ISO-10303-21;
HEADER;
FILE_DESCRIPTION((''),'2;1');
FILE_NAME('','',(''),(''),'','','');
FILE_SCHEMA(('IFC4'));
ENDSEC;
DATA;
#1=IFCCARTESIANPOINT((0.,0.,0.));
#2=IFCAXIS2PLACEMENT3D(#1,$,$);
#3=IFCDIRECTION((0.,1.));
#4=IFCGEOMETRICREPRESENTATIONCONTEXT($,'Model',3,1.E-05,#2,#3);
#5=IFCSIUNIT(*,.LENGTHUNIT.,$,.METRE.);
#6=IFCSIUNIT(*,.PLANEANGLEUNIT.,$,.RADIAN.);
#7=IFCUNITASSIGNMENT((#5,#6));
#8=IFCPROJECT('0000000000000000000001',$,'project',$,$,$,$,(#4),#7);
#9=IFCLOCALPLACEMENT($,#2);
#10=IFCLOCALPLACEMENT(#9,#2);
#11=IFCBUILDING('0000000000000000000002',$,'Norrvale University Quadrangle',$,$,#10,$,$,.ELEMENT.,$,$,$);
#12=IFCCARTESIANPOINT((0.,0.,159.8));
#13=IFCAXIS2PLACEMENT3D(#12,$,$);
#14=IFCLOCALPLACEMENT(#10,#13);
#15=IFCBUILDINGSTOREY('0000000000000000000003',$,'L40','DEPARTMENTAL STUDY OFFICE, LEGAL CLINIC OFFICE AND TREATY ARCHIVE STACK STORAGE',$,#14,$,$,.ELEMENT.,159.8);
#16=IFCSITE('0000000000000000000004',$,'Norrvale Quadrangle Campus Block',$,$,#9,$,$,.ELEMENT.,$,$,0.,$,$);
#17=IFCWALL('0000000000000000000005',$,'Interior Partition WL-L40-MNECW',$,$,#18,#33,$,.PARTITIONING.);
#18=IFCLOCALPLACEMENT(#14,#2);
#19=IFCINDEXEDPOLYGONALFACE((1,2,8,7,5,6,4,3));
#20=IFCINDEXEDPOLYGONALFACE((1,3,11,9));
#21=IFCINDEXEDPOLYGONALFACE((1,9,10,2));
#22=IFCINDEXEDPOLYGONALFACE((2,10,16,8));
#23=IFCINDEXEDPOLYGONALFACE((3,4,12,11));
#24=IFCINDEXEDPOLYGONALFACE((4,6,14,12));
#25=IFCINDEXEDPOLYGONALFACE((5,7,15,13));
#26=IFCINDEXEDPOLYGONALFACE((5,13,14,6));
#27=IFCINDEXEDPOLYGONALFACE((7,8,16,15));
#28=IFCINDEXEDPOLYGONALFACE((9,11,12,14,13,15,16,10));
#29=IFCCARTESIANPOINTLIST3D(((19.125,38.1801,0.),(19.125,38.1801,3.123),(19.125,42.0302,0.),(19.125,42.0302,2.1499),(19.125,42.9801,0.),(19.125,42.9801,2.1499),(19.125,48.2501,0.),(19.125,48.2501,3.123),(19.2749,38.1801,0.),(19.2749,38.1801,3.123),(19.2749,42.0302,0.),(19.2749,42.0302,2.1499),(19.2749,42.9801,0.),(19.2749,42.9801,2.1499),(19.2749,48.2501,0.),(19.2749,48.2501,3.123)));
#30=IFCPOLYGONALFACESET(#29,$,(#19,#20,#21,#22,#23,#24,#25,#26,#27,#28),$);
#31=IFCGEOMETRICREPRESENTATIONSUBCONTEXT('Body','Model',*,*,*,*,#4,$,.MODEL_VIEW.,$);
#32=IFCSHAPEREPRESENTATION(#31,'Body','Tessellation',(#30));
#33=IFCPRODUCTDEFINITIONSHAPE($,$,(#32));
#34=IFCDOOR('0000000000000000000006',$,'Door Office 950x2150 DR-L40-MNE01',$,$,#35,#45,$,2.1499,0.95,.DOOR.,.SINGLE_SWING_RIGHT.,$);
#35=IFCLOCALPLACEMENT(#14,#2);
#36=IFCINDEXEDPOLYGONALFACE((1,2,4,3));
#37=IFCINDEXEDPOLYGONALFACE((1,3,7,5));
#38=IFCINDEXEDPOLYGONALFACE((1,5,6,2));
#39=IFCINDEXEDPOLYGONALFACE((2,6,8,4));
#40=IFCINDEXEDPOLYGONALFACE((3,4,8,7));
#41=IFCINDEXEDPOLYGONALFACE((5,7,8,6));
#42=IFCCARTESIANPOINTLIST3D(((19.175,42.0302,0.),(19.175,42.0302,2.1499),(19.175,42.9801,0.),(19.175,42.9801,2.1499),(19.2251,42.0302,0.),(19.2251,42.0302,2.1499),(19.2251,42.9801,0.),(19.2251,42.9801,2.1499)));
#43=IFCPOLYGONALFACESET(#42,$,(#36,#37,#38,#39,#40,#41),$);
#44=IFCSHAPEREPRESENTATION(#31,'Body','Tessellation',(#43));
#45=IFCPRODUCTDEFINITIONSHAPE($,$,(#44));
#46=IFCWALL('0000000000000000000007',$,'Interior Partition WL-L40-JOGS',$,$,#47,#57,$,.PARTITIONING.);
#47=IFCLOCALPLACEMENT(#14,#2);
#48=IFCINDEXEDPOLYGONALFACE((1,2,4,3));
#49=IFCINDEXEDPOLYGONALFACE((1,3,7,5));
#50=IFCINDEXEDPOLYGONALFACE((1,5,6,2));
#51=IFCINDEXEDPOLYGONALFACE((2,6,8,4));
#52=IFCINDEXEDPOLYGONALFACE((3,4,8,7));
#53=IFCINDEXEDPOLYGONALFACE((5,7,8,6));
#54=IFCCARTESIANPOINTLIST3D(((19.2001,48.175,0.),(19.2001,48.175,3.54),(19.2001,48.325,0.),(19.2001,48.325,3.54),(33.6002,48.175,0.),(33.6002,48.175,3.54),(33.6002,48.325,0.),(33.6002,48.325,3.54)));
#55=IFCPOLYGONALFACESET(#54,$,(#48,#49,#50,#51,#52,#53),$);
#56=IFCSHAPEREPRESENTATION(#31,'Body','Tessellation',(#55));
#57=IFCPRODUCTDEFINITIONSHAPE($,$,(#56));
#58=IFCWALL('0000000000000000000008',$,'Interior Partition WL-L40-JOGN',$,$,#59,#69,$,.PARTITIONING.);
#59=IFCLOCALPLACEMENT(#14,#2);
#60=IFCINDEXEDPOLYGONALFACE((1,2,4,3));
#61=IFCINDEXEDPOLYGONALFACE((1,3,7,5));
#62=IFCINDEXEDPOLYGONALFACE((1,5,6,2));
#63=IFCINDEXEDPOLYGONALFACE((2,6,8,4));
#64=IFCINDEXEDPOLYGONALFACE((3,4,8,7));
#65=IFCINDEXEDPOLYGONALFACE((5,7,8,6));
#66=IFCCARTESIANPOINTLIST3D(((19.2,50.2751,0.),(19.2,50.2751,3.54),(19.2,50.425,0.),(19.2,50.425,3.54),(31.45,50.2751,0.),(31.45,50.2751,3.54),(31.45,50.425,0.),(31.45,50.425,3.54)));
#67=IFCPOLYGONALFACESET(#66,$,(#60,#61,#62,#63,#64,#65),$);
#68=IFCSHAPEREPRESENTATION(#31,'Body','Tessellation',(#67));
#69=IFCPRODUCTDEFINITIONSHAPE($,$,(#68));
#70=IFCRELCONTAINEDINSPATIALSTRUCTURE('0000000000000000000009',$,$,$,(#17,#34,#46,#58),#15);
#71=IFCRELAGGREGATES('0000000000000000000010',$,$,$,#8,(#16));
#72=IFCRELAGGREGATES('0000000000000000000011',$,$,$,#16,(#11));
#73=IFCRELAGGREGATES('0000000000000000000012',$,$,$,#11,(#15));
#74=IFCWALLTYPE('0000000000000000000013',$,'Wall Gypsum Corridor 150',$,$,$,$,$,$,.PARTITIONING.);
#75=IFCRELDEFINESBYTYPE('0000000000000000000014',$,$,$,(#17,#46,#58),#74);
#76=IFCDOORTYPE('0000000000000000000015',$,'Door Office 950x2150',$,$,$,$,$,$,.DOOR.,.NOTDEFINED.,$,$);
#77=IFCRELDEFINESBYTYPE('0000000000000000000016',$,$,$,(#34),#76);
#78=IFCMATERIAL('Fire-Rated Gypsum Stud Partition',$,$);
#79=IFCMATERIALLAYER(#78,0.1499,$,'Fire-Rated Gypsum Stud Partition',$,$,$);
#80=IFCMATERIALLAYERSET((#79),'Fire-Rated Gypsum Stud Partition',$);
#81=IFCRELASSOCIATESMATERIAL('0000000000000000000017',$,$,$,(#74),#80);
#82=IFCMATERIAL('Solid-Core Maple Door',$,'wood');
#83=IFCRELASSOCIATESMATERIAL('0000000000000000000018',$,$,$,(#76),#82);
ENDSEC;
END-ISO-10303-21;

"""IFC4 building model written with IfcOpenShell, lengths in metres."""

from ifc_helpers import new_model, si_unit, direction, frame, frame_2d, origin, place, context, subcontext, project, spatial, rectangle, extrude, material, layer, layer_set, type_object, element, fill, save


model = new_model("IFC4")

# Units and contexts
model_context = context("Model", 3, precision=1e-05, world=origin(), true_north=direction((0.0, 1.0)))
body_context = subcontext(model_context, "Body", "Model", "MODEL_VIEW")
ifc_project = project(units=[si_unit("LENGTHUNIT", "METRE"), si_unit("PLANEANGLEUNIT", "RADIAN")], contexts=[model_context])

# Site, building, storey
site_placement = place(None, origin())
site = spatial("IfcSite", under=ifc_project, at=site_placement, Name="Norrvale Quadrangle Campus Block", CompositionType="ELEMENT", RefElevation=0.0)
building_placement = place(site_placement, origin())
building = spatial("IfcBuilding", under=site, at=building_placement, Name="Norrvale University Quadrangle", CompositionType="ELEMENT")
storey_placement = place(building_placement, frame((0.0, 0.0, 159.8)))
storey = spatial("IfcBuildingStorey", under=building, at=storey_placement, Name="L40", Description="DEPARTMENTAL STUDY OFFICE, LEGAL CLINIC OFFICE AND TREATY ARCHIVE STACK STORAGE", CompositionType="ELEMENT", Elevation=159.8)

# Shared definitions
ifc_material_1 = material(Name="Fire-Rated Gypsum Stud Partition")
ifc_layer_1 = layer(ifc_material_1, 0.1499, Name="Fire-Rated Gypsum Stud Partition")
ifc_layer_set_1 = layer_set([ifc_layer_1], Name="Fire-Rated Gypsum Stud Partition")
wall_type_1 = type_object("IfcWallType", Name="Wall Gypsum Corridor 150", PredefinedType="PARTITIONING", material=ifc_layer_set_1)

# Wall, opening, door
wall_1_placement = place(storey_placement, frame((19.2, 38.1799, 0.0), z_axis=(0.0, 0.0, 1.0), x_axis=(0.0, 1.0, 0.0)))
wall_1 = element("IfcWall", 1, at=wall_1_placement, inside=storey, type_object=wall_type_1, Name="Interior Partition WL-L40-MNECW", PredefinedType="PARTITIONING", context=body_context, shape_type="SweptSolid", body=[
    extrude(rectangle(XDim=10.0701, YDim=0.1499, at=frame_2d((5.0352, 0.0))), origin(), (0.0, 0.0, 1.0), 3.123),
])
opening_placement = place(wall_1_placement, frame((3.8501, 0.0, 0.0)))
opening = element("IfcOpeningElement", 2, at=opening_placement, cuts=wall_1, PredefinedType="OPENING", context=body_context, shape_type="SweptSolid", body=[
    extrude(rectangle(XDim=0.95, YDim=2.1499, at=frame_2d((0.4751, 1.075))), frame((0.0, 0.0869, 0.0), z_axis=(0.0, -1.0, 0.0), x_axis=(1.0, 0.0, 0.0)), (0.0, 0.0, 1.0), 0.1738),
])
ifc_material_2 = material(Name="Solid-Core Maple Door", Category="wood")
door_type = type_object("IfcDoorType", Name="Door Office 950x2150", OperationType="NOTDEFINED", PredefinedType="DOOR", material=ifc_material_2)
door_placement = place(opening_placement, origin())
door = element("IfcDoor", 3, at=door_placement, inside=storey, type_object=door_type, Name="Door Office 950x2150 DR-L40-MNE01", OperationType="SINGLE_SWING_RIGHT", OverallHeight=2.1499, OverallWidth=0.95, PredefinedType="DOOR", context=body_context, shape_type="SweptSolid", body=[
    extrude(rectangle(XDim=0.95, YDim=2.1499, at=frame_2d((0.4751, 1.075))), frame((0.0, 0.0249, 0.0), z_axis=(0.0, -1.0, 0.0), x_axis=(1.0, 0.0, 0.0)), (0.0, 0.0, 1.0), 0.05),
])
fill(opening, door)

# Walls
wall_2_placement = place(storey_placement, frame((19.2, 48.25, 0.0), z_axis=(0.0, 0.0, 1.0), x_axis=(1.0, 0.0, 0.0)))
element("IfcWall", 4, at=wall_2_placement, inside=storey, type_object=wall_type_1, Name="Interior Partition WL-L40-JOGS", PredefinedType="PARTITIONING", context=body_context, shape_type="SweptSolid", body=[
    extrude(rectangle(XDim=14.4001, YDim=0.1499, at=frame_2d((7.2002, 0.0))), origin(), (0.0, 0.0, 1.0), 3.54),
])
wall_3_placement = place(storey_placement, frame((19.2, 50.3501, 0.0), z_axis=(0.0, 0.0, 1.0), x_axis=(1.0, 0.0, 0.0)))
element("IfcWall", 5, at=wall_3_placement, inside=storey, type_object=wall_type_1, Name="Interior Partition WL-L40-JOGN", PredefinedType="PARTITIONING", context=body_context, shape_type="SweptSolid", body=[
    extrude(rectangle(XDim=12.25, YDim=0.1499, at=frame_2d((6.125, 0.0))), origin(), (0.0, 0.0, 1.0), 3.54),
])

save(model, "model.ifc")
